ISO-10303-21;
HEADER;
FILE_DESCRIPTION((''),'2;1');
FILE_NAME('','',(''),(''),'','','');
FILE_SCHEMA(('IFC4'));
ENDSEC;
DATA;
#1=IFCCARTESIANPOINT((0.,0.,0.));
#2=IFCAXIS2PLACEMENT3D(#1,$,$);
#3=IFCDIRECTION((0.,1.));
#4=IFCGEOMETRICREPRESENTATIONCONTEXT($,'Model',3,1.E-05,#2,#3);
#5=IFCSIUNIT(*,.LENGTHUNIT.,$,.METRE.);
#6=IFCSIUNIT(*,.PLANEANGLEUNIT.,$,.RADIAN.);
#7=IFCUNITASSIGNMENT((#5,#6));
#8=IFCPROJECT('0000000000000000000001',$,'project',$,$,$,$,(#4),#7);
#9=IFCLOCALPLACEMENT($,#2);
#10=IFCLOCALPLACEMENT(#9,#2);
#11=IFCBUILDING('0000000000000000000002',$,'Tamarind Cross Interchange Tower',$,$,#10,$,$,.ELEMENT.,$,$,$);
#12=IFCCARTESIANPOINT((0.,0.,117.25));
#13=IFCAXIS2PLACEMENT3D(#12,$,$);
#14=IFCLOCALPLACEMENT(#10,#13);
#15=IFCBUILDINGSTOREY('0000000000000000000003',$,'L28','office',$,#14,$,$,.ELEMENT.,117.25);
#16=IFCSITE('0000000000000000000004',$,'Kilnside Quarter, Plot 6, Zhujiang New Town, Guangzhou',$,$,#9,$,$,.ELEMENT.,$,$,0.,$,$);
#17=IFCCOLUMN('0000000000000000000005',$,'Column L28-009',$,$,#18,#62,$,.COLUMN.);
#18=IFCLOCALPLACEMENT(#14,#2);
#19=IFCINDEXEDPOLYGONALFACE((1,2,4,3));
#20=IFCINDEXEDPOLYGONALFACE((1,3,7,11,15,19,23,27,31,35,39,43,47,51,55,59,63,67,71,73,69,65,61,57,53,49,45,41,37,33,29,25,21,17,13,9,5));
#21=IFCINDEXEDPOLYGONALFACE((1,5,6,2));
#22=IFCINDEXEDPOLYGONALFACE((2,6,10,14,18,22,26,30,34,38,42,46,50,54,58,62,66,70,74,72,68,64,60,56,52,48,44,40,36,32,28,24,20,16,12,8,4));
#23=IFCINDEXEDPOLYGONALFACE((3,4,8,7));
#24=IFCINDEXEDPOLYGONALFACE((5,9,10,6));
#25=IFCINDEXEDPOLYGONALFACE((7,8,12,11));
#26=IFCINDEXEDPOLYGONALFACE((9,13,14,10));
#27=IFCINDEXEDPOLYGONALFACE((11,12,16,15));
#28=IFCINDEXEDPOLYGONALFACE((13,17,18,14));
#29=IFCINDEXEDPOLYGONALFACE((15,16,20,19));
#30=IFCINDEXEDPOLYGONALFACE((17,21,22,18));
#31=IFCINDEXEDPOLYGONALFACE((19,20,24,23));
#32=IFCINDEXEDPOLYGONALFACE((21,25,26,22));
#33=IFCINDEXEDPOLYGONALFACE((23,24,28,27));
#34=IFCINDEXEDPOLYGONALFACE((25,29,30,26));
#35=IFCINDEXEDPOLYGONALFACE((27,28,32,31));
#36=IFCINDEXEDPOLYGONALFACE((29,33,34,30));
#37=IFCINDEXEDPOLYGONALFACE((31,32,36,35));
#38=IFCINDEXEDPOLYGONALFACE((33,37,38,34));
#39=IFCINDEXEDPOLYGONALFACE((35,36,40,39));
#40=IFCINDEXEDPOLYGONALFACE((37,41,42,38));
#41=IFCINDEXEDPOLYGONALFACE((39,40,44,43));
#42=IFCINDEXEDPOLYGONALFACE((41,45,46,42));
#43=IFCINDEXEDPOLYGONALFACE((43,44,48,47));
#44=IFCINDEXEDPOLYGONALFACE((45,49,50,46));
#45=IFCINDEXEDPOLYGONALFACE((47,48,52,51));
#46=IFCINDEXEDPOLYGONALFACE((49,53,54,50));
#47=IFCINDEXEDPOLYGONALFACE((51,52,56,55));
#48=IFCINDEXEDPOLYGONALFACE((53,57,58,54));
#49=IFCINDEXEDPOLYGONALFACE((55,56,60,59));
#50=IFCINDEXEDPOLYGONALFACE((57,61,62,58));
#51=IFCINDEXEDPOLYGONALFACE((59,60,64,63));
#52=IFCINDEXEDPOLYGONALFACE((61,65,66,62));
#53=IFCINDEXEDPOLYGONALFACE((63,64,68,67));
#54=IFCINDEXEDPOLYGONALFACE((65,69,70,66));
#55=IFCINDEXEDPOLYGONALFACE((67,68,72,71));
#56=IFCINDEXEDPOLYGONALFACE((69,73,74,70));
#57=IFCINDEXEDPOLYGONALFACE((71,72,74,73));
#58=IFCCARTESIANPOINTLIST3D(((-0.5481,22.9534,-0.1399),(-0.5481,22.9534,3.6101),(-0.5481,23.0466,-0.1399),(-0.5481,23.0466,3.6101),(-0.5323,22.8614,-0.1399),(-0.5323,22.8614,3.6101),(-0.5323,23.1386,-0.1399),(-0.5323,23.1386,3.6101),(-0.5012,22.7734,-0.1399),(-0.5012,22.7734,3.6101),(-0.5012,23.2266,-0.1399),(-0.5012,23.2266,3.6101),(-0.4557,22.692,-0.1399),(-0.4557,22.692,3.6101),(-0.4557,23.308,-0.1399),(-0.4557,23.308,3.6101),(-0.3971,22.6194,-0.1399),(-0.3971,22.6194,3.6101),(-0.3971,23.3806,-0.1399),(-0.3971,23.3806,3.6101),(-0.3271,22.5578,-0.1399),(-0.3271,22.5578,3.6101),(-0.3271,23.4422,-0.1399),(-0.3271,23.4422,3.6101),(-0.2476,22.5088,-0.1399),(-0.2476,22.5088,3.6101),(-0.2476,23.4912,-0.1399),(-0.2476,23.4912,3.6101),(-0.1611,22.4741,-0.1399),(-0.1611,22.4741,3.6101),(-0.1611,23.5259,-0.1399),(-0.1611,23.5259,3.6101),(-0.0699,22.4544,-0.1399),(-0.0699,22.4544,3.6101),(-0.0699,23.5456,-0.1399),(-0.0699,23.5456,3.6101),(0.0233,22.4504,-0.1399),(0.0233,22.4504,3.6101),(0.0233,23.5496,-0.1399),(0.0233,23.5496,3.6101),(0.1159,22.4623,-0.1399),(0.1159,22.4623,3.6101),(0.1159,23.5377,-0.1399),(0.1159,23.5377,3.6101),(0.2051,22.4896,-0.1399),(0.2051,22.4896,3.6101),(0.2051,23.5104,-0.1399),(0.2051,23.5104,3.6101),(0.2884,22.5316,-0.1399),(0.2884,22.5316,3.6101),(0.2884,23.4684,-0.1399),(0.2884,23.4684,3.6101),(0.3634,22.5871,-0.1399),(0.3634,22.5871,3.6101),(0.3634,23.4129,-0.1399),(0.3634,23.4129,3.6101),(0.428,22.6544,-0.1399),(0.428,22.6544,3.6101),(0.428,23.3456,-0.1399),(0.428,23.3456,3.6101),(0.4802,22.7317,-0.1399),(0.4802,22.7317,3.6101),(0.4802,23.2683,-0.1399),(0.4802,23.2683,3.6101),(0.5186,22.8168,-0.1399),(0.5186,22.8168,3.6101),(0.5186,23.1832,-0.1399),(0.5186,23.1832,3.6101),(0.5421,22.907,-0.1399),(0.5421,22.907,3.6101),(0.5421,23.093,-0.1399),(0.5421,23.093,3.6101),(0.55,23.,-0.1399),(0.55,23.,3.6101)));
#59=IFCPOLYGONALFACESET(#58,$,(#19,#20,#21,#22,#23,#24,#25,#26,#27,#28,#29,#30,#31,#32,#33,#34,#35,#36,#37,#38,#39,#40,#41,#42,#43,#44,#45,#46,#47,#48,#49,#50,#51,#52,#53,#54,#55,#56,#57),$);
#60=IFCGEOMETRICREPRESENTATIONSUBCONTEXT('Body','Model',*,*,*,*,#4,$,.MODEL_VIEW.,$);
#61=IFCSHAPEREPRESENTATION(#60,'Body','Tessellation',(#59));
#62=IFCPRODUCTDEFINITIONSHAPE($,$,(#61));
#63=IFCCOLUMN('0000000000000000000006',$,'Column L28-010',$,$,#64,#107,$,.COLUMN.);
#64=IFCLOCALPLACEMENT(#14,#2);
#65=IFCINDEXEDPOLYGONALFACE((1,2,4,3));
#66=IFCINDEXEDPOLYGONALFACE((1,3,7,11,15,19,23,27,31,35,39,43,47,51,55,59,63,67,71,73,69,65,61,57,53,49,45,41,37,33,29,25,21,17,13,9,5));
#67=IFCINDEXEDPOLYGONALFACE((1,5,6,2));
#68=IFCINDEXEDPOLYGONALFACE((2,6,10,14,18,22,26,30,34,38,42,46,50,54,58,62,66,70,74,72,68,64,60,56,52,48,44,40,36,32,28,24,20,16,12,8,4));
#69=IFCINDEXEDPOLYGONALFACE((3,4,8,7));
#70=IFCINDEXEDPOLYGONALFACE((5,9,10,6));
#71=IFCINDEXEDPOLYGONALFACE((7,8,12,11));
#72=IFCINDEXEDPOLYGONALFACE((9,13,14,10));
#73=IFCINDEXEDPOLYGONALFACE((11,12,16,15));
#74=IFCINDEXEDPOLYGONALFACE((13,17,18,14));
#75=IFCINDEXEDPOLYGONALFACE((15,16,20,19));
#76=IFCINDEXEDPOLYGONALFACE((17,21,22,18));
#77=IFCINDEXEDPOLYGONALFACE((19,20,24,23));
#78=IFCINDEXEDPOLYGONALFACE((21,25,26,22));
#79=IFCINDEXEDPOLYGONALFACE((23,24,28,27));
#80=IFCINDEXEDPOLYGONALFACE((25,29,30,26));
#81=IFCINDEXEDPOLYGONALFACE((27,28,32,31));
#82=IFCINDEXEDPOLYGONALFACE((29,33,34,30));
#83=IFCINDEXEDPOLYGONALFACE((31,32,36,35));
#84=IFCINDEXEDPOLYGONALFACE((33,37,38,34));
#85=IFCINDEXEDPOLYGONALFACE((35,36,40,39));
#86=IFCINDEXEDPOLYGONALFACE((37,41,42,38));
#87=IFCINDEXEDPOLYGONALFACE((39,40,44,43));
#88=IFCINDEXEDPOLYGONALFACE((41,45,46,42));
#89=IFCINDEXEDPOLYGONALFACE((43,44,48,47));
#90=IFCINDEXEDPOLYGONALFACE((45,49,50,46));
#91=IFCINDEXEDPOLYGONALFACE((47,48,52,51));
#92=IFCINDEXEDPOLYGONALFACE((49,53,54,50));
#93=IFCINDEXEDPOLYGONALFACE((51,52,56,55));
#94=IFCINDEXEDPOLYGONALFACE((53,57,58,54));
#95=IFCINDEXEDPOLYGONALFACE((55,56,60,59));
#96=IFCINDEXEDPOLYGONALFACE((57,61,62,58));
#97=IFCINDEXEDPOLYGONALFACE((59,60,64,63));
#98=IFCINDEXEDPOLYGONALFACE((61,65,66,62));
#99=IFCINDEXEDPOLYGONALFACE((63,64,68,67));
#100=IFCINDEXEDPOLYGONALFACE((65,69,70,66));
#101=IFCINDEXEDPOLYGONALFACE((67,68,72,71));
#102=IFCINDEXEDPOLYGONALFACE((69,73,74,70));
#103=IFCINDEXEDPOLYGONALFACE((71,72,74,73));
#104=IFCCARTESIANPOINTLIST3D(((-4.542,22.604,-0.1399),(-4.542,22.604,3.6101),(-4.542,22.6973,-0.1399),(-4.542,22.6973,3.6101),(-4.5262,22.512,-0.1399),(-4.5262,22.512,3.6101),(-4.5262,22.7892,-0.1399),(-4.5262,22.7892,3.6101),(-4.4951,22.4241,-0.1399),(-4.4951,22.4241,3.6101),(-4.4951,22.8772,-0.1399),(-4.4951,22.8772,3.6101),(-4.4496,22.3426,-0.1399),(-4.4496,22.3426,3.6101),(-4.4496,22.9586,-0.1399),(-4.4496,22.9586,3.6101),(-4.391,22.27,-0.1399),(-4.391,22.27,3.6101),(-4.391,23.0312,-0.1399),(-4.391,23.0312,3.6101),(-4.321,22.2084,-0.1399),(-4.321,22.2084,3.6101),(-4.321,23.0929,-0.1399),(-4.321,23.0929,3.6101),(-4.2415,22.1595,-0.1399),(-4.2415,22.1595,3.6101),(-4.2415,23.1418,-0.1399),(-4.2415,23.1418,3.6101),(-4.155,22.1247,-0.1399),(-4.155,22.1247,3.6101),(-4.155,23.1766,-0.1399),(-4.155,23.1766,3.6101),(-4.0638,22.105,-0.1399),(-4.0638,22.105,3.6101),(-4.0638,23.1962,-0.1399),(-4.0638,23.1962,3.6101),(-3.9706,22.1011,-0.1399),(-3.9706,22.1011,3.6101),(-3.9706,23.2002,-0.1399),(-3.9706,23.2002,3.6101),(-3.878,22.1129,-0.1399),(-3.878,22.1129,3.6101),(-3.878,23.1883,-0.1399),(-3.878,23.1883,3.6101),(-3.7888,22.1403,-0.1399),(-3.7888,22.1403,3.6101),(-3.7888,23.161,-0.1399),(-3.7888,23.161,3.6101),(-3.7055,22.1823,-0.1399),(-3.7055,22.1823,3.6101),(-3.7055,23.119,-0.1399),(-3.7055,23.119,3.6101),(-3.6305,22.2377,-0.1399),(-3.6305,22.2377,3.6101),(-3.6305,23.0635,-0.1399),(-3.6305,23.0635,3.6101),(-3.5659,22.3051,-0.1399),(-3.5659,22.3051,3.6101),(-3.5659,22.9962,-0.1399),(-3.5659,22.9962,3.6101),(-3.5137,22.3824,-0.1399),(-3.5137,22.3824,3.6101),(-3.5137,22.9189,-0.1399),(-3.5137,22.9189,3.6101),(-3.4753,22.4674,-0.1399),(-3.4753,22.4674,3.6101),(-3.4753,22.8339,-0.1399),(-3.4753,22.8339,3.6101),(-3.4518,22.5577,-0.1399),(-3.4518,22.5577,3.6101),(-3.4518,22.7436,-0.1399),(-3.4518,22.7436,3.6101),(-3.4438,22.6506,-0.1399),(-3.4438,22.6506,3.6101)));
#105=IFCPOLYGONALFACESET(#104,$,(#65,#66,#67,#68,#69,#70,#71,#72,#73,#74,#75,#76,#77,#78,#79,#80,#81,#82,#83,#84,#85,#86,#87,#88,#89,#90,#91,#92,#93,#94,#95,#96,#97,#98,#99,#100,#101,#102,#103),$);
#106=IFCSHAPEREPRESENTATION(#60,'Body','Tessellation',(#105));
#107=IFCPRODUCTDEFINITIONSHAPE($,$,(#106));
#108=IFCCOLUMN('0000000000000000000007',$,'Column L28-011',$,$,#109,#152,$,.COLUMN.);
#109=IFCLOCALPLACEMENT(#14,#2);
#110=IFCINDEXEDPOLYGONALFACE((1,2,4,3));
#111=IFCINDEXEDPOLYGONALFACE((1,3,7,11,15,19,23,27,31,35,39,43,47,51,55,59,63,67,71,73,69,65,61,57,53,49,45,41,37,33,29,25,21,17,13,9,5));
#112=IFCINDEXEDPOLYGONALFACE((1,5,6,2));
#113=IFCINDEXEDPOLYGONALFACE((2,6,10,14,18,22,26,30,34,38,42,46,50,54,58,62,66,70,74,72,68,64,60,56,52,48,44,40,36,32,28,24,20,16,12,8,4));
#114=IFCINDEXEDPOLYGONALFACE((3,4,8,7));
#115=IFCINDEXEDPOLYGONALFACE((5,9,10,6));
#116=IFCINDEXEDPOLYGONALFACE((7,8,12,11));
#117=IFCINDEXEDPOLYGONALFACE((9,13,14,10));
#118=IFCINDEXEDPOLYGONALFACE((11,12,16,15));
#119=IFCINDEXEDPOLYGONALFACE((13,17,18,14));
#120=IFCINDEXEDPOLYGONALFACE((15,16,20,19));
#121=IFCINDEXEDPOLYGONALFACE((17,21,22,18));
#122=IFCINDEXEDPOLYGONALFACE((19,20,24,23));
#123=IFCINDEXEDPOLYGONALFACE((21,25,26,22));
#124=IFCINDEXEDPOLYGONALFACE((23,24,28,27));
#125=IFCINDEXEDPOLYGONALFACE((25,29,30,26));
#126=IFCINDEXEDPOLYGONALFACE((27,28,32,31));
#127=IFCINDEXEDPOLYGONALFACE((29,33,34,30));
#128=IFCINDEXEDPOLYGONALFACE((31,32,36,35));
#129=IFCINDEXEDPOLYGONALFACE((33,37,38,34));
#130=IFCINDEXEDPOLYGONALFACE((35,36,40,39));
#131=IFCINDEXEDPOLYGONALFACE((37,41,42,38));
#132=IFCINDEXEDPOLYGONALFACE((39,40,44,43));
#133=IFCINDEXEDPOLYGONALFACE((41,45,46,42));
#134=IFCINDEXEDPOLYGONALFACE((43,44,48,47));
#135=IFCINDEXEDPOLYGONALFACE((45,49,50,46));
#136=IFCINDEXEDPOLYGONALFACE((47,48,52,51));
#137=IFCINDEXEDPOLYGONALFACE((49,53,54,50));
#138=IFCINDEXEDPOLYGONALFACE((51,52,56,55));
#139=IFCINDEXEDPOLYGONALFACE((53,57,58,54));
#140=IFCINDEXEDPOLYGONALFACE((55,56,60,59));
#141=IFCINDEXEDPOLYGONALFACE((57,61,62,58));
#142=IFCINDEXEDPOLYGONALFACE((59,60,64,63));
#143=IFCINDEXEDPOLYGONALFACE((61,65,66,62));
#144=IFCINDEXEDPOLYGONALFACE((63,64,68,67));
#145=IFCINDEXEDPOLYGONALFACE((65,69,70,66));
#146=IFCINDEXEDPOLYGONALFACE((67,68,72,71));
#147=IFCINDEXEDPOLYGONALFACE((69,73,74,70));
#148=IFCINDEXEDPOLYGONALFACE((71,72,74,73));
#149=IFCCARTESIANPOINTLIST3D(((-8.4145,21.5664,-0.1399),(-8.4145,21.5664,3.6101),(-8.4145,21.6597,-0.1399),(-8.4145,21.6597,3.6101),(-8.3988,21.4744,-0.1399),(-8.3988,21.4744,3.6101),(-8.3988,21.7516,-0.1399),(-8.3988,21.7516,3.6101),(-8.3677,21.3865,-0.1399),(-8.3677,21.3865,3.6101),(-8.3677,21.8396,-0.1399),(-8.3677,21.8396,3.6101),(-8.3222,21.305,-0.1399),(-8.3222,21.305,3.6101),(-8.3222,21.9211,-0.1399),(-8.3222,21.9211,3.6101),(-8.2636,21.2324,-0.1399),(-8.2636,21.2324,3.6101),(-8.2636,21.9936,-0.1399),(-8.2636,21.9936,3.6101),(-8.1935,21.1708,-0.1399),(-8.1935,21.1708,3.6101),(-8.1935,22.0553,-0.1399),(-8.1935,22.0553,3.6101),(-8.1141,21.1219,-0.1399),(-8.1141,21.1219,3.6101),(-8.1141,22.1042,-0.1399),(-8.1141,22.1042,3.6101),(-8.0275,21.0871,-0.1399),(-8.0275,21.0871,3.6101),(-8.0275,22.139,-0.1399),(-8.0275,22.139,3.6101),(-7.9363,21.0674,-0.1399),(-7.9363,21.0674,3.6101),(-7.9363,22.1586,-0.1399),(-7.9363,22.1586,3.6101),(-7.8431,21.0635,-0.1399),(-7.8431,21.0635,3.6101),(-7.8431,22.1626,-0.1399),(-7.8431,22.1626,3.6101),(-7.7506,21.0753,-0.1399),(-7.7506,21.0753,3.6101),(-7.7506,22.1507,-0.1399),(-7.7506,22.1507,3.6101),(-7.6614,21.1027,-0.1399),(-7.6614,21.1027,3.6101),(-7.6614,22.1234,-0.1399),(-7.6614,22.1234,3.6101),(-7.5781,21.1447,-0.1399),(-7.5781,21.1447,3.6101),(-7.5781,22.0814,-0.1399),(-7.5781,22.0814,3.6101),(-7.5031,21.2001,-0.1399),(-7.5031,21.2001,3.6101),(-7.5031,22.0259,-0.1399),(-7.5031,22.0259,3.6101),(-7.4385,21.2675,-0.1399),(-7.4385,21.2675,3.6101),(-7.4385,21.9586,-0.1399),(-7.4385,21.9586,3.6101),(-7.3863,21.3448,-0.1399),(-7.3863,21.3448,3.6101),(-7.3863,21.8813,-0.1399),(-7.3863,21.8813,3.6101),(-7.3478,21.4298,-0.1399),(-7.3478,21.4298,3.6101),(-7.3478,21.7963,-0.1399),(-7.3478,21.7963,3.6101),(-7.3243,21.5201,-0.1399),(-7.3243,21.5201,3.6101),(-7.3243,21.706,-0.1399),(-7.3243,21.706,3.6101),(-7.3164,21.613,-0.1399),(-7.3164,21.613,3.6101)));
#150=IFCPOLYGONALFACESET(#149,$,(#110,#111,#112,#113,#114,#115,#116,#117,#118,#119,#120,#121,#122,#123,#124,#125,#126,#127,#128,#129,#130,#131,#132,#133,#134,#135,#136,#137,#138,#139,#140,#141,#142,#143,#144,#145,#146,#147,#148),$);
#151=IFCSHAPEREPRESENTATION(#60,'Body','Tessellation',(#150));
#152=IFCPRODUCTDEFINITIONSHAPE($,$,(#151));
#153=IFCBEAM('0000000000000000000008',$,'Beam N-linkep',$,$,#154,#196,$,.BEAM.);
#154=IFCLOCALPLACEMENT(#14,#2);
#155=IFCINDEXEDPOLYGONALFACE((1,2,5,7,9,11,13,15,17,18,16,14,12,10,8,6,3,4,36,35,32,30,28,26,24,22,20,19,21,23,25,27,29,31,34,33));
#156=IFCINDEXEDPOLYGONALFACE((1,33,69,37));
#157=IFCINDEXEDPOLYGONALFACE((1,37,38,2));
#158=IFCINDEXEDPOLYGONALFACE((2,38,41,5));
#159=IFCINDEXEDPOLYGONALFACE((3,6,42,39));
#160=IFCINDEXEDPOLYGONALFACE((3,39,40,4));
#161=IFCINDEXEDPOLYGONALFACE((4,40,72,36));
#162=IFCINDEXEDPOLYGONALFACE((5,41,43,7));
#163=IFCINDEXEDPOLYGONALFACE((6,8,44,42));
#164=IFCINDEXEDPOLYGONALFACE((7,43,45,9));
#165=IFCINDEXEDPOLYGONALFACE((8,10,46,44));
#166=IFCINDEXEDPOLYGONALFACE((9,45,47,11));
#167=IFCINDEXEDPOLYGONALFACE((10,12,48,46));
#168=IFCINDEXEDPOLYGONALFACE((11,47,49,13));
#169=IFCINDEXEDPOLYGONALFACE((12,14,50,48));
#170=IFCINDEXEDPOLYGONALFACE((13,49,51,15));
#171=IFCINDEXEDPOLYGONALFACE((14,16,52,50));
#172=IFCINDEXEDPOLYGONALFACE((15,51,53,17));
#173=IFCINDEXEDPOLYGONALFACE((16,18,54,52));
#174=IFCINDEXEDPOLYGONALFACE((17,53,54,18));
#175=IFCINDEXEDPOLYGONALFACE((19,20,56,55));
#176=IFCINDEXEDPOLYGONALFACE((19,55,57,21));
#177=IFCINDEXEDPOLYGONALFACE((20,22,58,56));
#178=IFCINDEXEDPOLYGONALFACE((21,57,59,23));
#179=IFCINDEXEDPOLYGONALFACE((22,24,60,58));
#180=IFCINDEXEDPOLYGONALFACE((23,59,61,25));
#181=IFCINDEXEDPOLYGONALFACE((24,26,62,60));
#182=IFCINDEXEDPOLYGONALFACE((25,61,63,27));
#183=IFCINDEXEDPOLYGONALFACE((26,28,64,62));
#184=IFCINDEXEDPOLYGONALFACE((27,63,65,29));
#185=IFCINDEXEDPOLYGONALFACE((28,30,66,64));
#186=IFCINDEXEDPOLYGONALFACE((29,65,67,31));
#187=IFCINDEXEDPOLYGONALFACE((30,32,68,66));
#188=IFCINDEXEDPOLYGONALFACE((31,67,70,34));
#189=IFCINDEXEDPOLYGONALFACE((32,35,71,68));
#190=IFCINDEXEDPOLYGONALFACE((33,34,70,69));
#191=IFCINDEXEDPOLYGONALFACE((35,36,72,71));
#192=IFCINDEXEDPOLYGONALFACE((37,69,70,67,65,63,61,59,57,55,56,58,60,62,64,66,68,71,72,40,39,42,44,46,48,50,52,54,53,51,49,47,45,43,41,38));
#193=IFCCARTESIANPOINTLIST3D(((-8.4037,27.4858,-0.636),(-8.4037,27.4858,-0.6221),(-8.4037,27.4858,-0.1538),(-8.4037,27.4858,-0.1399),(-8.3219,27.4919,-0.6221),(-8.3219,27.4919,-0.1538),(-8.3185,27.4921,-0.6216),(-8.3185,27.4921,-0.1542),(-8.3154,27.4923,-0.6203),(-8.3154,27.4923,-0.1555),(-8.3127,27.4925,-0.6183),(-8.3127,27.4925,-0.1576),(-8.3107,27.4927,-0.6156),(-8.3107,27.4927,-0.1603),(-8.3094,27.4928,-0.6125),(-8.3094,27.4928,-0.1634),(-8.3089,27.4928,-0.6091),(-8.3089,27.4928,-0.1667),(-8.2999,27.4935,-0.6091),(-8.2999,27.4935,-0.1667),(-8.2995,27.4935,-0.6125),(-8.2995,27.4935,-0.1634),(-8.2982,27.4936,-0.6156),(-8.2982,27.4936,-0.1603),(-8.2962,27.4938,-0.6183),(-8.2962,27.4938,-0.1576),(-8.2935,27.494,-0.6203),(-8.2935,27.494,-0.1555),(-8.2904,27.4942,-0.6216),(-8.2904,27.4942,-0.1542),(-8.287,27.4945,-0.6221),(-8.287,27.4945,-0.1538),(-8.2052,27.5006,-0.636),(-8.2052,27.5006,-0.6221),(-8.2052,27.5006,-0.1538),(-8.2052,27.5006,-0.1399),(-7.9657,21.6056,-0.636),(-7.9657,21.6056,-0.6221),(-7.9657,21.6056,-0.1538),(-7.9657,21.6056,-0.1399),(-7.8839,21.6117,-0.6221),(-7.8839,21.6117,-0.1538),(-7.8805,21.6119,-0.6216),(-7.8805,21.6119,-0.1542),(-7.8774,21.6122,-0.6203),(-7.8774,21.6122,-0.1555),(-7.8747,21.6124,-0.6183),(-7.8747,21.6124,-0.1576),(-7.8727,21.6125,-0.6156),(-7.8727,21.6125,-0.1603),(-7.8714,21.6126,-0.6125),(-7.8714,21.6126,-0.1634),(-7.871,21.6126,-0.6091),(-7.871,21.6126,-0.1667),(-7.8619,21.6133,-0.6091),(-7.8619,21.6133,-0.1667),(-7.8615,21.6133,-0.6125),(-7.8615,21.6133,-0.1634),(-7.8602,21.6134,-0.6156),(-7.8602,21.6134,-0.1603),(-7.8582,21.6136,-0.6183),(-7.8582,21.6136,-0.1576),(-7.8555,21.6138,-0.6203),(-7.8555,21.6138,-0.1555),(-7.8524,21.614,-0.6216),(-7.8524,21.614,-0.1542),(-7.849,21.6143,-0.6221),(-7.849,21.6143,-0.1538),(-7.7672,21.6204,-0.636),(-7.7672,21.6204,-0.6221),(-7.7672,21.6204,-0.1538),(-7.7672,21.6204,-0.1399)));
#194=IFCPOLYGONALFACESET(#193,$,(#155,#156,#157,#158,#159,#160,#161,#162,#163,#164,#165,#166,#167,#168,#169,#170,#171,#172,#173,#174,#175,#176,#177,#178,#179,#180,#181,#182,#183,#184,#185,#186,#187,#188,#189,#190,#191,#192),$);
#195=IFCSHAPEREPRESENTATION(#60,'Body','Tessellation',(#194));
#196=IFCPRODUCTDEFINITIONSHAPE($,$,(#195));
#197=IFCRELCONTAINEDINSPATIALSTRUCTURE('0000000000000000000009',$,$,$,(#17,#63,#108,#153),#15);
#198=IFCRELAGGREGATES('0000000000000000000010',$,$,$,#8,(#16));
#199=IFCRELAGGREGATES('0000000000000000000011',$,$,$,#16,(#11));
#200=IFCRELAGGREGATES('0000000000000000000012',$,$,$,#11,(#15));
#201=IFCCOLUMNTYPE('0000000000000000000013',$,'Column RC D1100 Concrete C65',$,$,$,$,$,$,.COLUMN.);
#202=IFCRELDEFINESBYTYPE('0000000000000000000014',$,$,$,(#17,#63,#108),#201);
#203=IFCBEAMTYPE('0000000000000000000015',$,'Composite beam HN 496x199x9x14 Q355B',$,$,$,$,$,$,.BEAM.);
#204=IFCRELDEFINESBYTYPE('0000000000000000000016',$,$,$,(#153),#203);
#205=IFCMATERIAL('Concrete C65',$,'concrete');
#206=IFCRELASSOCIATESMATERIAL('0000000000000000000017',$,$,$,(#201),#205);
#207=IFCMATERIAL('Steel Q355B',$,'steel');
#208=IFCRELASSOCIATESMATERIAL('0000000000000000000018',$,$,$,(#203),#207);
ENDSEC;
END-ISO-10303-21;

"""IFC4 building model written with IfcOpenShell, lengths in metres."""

from ifc_helpers import new_model, si_unit, direction, frame, origin, origin_2d, place, context, subcontext, project, spatial, circle, i_section, extrude, material, material_profile, profile_set, type_object, element, save


model = new_model("IFC4")

# Units and contexts
model_context = context("Model", 3, precision=1e-05, world=origin(), true_north=direction((0.0, 1.0)))
body_context = subcontext(model_context, "Body", "Model", "MODEL_VIEW")
ifc_project = project(units=[si_unit("LENGTHUNIT", "METRE"), si_unit("PLANEANGLEUNIT", "RADIAN")], contexts=[model_context])

# Site, building, storey
site_placement = place(None, origin())
site = spatial("IfcSite", under=ifc_project, at=site_placement, Name="Kilnside Quarter, Plot 6, Zhujiang New Town, Guangzhou", CompositionType="ELEMENT", RefElevation=0.0)
building_placement = place(site_placement, origin())
building = spatial("IfcBuilding", under=site, at=building_placement, Name="Tamarind Cross Interchange Tower", CompositionType="ELEMENT")
storey_placement = place(building_placement, frame((0.0, 0.0, 117.25)))
storey = spatial("IfcBuildingStorey", under=building, at=storey_placement, Name="L28", Description="office", CompositionType="ELEMENT", Elevation=117.25)

# Columns
ifc_material_1 = material(Name="Concrete C65", Category="concrete")
ifc_material_profile_1 = material_profile(ifc_material_1, circle(Radius=0.55, at=origin_2d()), Name="RC D1100")
ifc_profile_set_1 = profile_set([ifc_material_profile_1], Name="Concrete C65")
column_type = type_object("IfcColumnType", Name="Column RC D1100 Concrete C65", PredefinedType="COLUMN", material=ifc_profile_set_1)
for number, where, z_axis, x_axis, name in (
    (1, (0.0, 23.0, -0.1399), (0.0, 0.0, 1.0), (1.0, 0.0, 0.0), "Column L28-009"),
    (2, (-3.9939, 22.6506, -0.1399), (0.0, 0.0, 1.0), (1.0, 0.0, 0.0), "Column L28-010"),
    (3, (-7.8665, 21.613, -0.1399), (0.0, 0.0, 1.0), (1.0, 0.0, 0.0), "Column L28-011"),
):
    element("IfcColumn", number, at=place(storey_placement, frame(where, z_axis=z_axis, x_axis=x_axis)), inside=storey, type_object=column_type, Name=name, PredefinedType="COLUMN", context=body_context, shape_type="SweptSolid", body=[
        extrude(circle(Radius=0.55, at=origin_2d()), origin(), (0.0, 0.0, 1.0), 3.75),
    ])

# Beam
ifc_material_2 = material(Name="Steel Q355B", Category="steel")
ifc_material_profile_2 = material_profile(ifc_material_2, i_section(OverallWidth=0.199, OverallDepth=0.4961, WebThickness=0.009, FlangeThickness=0.0139, FilletRadius=0.0129, at=origin_2d()), Name="HN 496x199x9x14")
ifc_profile_set_2 = profile_set([ifc_material_profile_2], Name="Steel Q355B")
beam_type_1 = type_object("IfcBeamType", Name="Composite beam HN 496x199x9x14 Q355B", PredefinedType="BEAM", material=ifc_profile_set_2)
beam_1_placement = place(storey_placement, frame((-8.3044, 27.4932, -0.3879), z_axis=(0.07428, -0.997237, 0.0), x_axis=(0.997237, 0.07428, 0.0)))
element("IfcBeam", 4, at=beam_1_placement, inside=storey, type_object=beam_type_1, Name="Beam N-linkep", PredefinedType="BEAM", context=body_context, shape_type="SweptSolid", body=[
    extrude(i_section(OverallWidth=0.199, OverallDepth=0.4961, WebThickness=0.009, FlangeThickness=0.0139, FilletRadius=0.0129, at=origin_2d()), origin(), (0.0, 0.0, 1.0), 5.8965),
])

save(model, "model.ifc")
